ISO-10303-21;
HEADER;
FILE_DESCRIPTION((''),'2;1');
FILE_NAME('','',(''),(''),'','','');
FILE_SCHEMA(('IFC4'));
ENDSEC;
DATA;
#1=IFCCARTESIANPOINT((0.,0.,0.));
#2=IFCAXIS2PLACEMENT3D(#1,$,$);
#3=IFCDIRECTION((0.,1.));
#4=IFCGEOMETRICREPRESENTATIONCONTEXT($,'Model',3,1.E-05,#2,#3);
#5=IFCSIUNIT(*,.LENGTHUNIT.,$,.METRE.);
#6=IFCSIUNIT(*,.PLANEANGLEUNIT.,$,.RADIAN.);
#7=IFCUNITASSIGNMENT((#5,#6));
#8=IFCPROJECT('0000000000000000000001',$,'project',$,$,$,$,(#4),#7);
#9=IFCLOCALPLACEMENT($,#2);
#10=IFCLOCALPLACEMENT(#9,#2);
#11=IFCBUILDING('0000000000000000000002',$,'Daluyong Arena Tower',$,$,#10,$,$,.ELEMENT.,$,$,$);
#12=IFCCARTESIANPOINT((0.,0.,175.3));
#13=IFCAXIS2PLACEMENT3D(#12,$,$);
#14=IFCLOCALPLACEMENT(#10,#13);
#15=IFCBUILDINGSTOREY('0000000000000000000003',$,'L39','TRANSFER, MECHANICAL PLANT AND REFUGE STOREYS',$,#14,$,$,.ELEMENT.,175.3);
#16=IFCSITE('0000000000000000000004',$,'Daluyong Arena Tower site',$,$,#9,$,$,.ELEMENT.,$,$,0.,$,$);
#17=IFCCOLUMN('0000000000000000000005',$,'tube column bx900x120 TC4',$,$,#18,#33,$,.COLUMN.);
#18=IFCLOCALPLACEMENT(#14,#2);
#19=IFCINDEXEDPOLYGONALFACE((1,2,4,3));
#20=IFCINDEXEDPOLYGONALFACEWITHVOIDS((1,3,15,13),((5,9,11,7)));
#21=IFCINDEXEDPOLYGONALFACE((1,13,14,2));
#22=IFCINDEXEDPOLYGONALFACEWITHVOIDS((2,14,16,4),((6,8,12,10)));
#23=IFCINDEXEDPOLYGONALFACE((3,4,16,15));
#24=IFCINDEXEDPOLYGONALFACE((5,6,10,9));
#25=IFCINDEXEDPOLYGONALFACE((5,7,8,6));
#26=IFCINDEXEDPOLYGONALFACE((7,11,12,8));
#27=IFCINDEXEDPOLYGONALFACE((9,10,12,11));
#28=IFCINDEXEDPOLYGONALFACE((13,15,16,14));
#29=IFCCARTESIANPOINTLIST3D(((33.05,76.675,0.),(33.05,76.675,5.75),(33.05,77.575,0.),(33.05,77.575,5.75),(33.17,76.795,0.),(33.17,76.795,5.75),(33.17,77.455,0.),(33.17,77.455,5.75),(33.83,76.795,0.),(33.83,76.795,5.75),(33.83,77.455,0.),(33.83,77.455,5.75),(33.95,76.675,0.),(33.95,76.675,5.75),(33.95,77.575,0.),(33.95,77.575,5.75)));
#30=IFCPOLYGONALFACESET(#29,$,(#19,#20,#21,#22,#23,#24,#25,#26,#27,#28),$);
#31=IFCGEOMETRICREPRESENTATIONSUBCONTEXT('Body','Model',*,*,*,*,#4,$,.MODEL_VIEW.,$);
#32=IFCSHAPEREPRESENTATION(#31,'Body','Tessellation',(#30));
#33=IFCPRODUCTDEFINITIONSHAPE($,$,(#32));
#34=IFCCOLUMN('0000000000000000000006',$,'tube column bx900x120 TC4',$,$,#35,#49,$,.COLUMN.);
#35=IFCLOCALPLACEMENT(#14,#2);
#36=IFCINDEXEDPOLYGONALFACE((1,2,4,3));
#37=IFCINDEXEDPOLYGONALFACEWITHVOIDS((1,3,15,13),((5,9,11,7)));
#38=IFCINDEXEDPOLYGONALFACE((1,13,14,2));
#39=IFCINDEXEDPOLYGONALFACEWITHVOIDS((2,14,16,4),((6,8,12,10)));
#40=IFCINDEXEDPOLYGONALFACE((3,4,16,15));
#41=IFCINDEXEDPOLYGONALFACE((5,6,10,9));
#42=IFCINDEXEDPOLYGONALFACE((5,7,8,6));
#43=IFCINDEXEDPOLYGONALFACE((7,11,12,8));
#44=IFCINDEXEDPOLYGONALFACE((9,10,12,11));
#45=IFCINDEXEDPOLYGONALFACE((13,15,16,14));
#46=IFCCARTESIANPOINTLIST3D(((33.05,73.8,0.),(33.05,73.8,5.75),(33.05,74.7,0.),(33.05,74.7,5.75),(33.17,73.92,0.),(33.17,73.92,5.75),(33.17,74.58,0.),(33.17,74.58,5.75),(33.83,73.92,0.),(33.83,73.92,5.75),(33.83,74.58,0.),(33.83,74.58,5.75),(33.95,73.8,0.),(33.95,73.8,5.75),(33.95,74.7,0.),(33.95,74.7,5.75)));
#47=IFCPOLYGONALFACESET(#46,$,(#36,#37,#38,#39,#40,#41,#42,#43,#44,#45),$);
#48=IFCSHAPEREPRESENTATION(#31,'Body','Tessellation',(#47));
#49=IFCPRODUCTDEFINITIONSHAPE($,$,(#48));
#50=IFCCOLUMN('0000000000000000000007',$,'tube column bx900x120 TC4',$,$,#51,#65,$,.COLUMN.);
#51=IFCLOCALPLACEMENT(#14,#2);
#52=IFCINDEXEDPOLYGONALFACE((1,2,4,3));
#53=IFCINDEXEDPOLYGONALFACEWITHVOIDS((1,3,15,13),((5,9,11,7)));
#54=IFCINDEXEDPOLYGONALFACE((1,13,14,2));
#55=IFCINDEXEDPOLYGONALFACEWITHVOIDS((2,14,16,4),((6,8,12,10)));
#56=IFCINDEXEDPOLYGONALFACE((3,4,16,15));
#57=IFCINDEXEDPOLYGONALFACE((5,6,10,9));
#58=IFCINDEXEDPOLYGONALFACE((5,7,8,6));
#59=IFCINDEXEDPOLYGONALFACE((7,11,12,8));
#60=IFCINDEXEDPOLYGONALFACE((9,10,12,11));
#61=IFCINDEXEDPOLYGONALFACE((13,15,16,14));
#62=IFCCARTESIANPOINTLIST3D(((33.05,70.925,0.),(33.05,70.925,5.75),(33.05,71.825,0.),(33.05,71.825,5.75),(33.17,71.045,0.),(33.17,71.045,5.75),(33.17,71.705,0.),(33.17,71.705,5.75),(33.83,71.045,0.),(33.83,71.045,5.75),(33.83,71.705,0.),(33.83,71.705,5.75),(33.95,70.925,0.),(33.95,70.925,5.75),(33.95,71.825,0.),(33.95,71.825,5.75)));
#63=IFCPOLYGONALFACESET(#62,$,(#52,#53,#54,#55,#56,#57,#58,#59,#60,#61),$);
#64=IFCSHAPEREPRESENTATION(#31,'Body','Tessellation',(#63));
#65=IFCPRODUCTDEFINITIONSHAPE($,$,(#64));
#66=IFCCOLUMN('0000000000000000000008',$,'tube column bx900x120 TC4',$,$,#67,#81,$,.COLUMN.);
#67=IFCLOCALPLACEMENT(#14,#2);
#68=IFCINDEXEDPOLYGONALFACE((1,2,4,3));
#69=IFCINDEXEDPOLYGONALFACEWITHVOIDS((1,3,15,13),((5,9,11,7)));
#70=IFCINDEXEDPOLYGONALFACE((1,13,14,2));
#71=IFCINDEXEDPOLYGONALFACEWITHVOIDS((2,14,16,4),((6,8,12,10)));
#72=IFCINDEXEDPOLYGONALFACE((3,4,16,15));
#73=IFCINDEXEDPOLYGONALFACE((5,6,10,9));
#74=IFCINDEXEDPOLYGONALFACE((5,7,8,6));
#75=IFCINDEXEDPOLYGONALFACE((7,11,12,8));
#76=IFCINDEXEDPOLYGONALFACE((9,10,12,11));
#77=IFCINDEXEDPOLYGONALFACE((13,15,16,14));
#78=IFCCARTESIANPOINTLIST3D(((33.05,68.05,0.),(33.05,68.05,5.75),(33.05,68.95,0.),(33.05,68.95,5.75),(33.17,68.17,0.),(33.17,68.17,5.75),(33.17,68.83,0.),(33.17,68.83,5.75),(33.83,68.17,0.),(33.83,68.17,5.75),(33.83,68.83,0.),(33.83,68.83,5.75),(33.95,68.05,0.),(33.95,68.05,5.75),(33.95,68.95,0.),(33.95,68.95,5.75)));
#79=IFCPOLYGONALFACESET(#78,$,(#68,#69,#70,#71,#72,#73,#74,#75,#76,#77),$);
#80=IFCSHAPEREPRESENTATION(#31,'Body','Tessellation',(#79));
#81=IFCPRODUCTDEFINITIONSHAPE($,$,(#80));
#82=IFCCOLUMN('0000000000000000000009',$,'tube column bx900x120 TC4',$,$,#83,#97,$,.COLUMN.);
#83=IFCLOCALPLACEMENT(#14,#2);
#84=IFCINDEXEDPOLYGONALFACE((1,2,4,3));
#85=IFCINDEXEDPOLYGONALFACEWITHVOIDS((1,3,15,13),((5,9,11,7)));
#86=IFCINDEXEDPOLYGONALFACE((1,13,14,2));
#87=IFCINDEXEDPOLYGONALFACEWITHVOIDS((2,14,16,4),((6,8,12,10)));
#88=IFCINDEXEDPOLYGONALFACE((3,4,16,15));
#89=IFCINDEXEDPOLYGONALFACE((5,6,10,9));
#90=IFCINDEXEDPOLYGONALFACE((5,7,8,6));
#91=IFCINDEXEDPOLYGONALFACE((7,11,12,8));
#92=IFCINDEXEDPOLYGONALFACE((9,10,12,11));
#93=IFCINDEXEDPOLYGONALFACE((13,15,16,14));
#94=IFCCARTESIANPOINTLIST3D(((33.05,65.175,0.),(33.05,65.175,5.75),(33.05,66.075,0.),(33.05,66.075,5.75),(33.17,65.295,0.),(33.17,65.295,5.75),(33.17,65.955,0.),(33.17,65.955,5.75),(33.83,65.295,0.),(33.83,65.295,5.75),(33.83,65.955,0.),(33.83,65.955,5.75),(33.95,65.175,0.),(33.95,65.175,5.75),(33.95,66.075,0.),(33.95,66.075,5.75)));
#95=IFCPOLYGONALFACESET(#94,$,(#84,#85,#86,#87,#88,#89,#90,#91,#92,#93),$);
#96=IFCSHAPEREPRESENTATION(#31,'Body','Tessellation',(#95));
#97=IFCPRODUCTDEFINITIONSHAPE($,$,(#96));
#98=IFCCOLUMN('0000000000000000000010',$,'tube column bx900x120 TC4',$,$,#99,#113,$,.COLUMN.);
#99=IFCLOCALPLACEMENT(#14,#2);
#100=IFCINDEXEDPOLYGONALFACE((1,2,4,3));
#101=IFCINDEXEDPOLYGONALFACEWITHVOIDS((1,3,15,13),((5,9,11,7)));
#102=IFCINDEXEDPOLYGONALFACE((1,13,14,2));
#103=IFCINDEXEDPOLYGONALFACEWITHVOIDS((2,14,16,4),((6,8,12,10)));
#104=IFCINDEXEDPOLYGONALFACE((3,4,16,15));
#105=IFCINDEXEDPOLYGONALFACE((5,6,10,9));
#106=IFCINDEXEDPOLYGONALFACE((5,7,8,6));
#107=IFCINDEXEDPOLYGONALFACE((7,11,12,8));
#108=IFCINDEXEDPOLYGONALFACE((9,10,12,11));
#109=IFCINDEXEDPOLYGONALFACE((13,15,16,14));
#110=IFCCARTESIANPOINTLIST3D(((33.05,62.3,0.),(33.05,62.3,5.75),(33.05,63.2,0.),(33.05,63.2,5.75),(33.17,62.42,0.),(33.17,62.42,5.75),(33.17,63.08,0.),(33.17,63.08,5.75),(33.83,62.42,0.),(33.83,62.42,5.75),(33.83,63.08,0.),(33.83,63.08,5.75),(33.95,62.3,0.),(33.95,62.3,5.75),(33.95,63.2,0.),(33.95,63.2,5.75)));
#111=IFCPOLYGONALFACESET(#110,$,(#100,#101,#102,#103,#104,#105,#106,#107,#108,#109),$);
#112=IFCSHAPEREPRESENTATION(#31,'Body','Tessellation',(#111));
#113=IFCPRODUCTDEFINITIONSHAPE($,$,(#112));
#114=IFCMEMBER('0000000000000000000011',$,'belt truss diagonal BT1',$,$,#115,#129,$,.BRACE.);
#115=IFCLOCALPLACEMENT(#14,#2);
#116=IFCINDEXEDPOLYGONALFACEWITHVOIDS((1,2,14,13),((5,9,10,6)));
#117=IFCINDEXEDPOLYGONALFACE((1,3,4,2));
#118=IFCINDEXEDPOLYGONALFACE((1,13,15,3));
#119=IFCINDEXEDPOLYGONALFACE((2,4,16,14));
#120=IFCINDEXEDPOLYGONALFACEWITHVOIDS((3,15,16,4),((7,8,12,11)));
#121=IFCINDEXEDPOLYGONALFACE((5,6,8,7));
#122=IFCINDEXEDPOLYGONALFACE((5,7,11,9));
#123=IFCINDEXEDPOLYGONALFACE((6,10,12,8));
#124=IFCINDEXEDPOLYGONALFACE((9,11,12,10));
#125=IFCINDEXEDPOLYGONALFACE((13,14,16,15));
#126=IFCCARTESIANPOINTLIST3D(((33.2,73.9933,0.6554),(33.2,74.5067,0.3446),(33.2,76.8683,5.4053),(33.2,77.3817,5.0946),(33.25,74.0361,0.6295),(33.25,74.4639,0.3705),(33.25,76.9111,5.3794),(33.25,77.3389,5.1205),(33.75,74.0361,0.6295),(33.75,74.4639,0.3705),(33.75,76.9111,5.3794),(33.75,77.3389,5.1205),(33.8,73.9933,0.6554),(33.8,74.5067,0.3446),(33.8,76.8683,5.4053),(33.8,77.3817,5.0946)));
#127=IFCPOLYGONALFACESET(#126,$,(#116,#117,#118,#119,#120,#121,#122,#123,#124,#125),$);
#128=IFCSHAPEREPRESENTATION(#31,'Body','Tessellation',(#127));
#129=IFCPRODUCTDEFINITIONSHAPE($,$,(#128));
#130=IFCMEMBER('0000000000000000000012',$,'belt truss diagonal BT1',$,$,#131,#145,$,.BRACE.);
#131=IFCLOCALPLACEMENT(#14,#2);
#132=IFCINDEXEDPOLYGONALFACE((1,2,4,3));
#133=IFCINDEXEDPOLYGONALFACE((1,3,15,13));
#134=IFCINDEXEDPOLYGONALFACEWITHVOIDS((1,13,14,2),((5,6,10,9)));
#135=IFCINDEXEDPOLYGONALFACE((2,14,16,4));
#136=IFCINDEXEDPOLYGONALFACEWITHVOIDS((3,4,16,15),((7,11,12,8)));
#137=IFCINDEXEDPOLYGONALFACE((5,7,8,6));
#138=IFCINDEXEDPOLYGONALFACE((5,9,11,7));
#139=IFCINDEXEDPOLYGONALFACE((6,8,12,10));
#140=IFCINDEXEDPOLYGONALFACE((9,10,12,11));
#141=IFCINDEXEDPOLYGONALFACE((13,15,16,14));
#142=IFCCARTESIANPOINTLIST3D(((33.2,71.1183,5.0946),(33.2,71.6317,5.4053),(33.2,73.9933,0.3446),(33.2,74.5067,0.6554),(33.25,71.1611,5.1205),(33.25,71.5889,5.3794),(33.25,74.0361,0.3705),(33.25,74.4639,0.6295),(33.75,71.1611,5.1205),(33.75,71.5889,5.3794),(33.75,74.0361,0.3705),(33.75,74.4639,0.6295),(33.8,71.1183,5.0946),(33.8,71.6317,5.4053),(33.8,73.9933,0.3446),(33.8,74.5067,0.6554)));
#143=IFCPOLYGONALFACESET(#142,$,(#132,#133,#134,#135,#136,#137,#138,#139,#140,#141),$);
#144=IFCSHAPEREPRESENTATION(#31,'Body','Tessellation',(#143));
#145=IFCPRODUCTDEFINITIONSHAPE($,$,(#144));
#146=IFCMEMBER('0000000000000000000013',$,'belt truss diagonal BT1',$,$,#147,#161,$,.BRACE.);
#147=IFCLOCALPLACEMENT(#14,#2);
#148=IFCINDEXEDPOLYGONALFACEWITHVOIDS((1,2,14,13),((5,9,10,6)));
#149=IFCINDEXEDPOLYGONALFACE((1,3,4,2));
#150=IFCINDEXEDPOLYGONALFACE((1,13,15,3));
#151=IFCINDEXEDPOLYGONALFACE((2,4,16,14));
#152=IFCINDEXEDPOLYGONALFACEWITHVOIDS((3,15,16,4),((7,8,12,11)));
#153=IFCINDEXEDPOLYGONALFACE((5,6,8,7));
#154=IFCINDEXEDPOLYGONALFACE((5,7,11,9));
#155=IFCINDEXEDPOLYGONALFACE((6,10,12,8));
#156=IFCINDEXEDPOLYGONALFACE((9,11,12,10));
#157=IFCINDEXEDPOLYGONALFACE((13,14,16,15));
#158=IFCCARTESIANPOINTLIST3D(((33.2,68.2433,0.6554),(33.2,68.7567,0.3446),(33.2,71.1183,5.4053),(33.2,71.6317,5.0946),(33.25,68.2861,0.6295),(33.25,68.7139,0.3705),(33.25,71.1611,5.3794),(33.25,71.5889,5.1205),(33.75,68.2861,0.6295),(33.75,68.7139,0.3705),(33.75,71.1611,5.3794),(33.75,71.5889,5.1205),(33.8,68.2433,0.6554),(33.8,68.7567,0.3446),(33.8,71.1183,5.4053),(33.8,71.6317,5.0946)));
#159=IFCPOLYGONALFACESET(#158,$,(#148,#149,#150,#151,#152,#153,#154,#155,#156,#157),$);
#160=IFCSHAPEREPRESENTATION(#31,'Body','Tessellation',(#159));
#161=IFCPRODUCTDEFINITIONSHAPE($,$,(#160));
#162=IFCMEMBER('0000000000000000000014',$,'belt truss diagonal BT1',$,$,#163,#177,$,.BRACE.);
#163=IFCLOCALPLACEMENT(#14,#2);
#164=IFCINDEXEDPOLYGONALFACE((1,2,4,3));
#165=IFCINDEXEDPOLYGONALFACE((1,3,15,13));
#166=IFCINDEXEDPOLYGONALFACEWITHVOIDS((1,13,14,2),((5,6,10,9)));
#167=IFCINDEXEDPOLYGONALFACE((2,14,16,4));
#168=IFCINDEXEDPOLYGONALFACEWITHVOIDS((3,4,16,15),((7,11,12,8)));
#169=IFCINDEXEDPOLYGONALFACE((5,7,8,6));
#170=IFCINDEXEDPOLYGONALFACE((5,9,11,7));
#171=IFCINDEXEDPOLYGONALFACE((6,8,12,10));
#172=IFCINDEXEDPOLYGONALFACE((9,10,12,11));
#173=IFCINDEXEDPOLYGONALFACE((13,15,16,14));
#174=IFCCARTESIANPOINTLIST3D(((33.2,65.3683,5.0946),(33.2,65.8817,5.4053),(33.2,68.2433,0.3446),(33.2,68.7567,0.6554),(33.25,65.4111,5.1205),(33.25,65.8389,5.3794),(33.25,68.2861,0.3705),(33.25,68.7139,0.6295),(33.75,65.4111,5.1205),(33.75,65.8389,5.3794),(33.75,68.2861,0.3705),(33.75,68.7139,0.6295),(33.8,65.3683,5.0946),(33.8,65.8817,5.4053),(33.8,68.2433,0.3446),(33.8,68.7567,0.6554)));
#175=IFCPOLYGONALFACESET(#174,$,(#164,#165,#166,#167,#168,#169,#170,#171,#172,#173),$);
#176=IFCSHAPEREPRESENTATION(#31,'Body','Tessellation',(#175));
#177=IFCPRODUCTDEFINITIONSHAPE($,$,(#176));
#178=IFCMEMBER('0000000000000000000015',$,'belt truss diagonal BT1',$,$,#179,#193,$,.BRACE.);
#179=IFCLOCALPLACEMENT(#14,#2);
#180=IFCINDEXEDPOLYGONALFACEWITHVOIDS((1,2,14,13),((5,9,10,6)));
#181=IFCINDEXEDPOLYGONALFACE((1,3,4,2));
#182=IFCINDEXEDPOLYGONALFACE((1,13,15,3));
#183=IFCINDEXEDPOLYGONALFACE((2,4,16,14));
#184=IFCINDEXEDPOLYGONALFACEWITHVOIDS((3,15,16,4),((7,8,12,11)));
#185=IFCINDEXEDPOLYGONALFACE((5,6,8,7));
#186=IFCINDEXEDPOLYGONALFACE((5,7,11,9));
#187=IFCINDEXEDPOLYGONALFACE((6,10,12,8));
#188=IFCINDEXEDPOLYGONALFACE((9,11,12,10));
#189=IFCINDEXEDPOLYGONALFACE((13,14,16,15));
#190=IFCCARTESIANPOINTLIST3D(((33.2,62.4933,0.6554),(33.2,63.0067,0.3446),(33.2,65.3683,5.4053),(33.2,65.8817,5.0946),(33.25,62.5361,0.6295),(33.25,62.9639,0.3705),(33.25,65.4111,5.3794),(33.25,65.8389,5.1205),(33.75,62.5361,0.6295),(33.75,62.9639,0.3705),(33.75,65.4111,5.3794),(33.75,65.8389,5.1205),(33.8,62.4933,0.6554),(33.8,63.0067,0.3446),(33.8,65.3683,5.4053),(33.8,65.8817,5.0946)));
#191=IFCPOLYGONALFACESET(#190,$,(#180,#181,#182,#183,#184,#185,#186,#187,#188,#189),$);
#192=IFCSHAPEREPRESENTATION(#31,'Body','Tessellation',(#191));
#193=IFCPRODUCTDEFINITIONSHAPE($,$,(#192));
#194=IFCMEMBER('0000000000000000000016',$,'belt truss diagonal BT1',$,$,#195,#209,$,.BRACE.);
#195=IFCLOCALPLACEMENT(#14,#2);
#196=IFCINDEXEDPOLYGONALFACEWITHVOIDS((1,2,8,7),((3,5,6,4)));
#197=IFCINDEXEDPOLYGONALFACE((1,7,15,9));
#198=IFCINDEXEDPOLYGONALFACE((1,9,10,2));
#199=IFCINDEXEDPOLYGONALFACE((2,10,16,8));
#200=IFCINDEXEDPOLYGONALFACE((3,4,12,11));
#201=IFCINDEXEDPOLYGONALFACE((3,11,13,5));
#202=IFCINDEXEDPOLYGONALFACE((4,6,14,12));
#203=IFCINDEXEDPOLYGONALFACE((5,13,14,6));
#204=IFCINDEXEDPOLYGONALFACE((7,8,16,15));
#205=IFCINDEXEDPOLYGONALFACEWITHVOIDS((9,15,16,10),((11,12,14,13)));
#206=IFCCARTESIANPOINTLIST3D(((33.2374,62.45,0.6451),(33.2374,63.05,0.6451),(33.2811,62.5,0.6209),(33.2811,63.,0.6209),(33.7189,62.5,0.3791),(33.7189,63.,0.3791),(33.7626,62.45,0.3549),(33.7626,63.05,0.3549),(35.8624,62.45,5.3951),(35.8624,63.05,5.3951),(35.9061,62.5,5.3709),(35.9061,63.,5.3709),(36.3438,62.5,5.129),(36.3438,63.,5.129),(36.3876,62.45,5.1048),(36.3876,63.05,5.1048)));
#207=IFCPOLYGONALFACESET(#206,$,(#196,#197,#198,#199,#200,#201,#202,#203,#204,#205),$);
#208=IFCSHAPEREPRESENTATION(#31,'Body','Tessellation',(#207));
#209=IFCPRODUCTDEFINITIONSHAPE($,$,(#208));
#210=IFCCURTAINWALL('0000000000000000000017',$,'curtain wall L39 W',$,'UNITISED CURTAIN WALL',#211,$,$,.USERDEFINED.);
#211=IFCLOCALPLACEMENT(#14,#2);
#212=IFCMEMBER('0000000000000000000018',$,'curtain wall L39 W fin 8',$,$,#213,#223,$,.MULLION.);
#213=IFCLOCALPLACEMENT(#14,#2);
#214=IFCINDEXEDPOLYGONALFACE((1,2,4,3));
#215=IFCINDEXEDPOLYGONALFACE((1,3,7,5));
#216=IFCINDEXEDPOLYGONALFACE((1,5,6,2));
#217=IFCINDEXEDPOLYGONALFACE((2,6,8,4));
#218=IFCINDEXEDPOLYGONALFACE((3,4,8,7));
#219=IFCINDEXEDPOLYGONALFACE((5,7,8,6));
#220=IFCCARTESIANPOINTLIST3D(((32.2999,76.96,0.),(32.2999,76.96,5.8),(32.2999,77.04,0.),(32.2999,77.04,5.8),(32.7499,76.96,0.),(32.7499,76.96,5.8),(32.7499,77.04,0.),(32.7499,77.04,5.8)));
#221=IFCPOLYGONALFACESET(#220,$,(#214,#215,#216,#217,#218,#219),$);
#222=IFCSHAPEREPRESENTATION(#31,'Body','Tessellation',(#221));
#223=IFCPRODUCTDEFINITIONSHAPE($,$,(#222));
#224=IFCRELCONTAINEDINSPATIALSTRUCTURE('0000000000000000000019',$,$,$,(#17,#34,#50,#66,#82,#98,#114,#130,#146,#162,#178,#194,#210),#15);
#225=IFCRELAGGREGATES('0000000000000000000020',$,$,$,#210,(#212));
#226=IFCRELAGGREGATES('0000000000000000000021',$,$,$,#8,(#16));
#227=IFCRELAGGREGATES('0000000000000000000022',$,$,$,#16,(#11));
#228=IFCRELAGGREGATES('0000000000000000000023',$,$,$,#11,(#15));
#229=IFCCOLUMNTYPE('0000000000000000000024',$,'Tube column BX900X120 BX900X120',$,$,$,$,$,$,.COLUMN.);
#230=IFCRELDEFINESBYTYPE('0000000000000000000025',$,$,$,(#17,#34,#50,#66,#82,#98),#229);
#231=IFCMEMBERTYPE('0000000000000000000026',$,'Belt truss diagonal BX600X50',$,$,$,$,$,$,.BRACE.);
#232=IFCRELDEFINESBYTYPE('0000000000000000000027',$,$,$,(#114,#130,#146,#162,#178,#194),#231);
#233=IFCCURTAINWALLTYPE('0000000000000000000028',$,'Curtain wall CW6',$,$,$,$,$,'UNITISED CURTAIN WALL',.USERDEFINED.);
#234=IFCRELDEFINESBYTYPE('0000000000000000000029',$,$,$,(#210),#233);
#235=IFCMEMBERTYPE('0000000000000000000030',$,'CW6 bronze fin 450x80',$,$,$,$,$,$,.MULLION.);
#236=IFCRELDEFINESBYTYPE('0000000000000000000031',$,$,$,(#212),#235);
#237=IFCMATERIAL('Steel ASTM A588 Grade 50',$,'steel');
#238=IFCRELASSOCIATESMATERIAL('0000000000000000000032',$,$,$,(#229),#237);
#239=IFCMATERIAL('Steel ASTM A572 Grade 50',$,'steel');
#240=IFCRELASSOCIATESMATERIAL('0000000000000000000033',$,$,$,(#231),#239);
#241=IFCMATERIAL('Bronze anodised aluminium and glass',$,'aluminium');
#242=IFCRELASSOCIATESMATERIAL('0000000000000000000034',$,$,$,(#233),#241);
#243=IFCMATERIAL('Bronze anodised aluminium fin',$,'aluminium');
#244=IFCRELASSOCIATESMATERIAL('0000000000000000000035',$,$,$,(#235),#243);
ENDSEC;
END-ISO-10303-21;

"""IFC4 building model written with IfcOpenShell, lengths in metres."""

from ifc_helpers import new_model, si_unit, direction, frame, origin, origin_2d, place, context, subcontext, project, spatial, rectangle, hollow_rectangle, extrude, material, material_profile, profile_set, type_object, element, aggregate, save


model = new_model("IFC4")

# Units and contexts
model_context = context("Model", 3, precision=1e-05, world=origin(), true_north=direction((0.0, 1.0)))
body_context = subcontext(model_context, "Body", "Model", "MODEL_VIEW")
ifc_project = project(units=[si_unit("LENGTHUNIT", "METRE"), si_unit("PLANEANGLEUNIT", "RADIAN")], contexts=[model_context])

# Site, building, storey
site_placement = place(None, origin())
site = spatial("IfcSite", under=ifc_project, at=site_placement, Name="Daluyong Arena Tower site", CompositionType="ELEMENT", RefElevation=0.0)
building_placement = place(site_placement, origin())
building = spatial("IfcBuilding", under=site, at=building_placement, Name="Daluyong Arena Tower", CompositionType="ELEMENT")
storey_placement = place(building_placement, frame((0.0, 0.0, 175.3)))
storey = spatial("IfcBuildingStorey", under=building, at=storey_placement, Name="L39", Description="TRANSFER, MECHANICAL PLANT AND REFUGE STOREYS", CompositionType="ELEMENT", Elevation=175.3)

# Columns
ifc_material_1 = material(Name="Steel ASTM A588 Grade 50", Category="steel")
ifc_material_profile_1 = material_profile(ifc_material_1, hollow_rectangle(XDim=0.8999, YDim=0.8999, WallThickness=0.12, at=origin_2d()))
ifc_profile_set_1 = profile_set([ifc_material_profile_1], Name="Steel ASTM A588 Grade 50")
column_type = type_object("IfcColumnType", Name="Tube column BX900X120 BX900X120", PredefinedType="COLUMN", material=ifc_profile_set_1)
for number, where, z_axis, x_axis, name in (
    (1, (33.5, 77.125, 0.0), (0.0, 0.0, 1.0), (0.0, 1.0, 0.0), "tube column bx900x120 TC4"),
    (2, (33.5, 74.25, 0.0), (0.0, 0.0, 1.0), (0.0, 1.0, 0.0), "tube column bx900x120 TC4"),
    (3, (33.5, 71.375, 0.0), (0.0, 0.0, 1.0), (0.0, 1.0, 0.0), "tube column bx900x120 TC4"),
    (4, (33.5, 68.5, 0.0), (0.0, 0.0, 1.0), (0.0, 1.0, 0.0), "tube column bx900x120 TC4"),
    (5, (33.5, 65.625, 0.0), (0.0, 0.0, 1.0), (0.0, 1.0, 0.0), "tube column bx900x120 TC4"),
    (6, (33.5, 62.75, 0.0), (0.0, 0.0, 1.0), (1.0, 0.0, 0.0), "tube column bx900x120 TC4"),
):
    element("IfcColumn", number, at=place(storey_placement, frame(where, z_axis=z_axis, x_axis=x_axis)), inside=storey, type_object=column_type, Name=name, PredefinedType="COLUMN", context=body_context, shape_type="SweptSolid", body=[
        extrude(hollow_rectangle(XDim=0.8999, YDim=0.8999, WallThickness=0.12, at=origin_2d()), origin(), (0.0, 0.0, 1.0), 5.75),
    ])

# Members
ifc_material_2 = material(Name="Steel ASTM A572 Grade 50", Category="steel")
ifc_material_profile_2 = material_profile(ifc_material_2, hollow_rectangle(XDim=0.6001, YDim=0.6001, WallThickness=0.05, at=origin_2d()))
ifc_profile_set_2 = profile_set([ifc_material_profile_2], Name="Steel ASTM A572 Grade 50")
member_type_1 = type_object("IfcMemberType", Name="Belt truss diagonal BX600X50", PredefinedType="BRACE", material=ifc_profile_set_2)
for number, where, z_axis, x_axis, name in (
    (7, (33.5, 74.25, 0.5), (0.0, 0.517803, 0.8555), (-1.0, 0.0, 0.0), "belt truss diagonal BT1"),
    (8, (33.5, 74.25, 0.5), (0.0, -0.517803, 0.8555), (1.0, 0.0, 0.0), "belt truss diagonal BT1"),
    (9, (33.5, 68.5, 0.5), (0.0, 0.517803, 0.8555), (-1.0, 0.0, 0.0), "belt truss diagonal BT1"),
    (10, (33.5, 68.5, 0.5), (0.0, -0.517803, 0.8555), (1.0, 0.0, 0.0), "belt truss diagonal BT1"),
    (11, (33.5, 62.75, 0.5), (0.0, 0.517803, 0.8555), (-1.0, 0.0, 0.0), "belt truss diagonal BT1"),
):
    element("IfcMember", number, at=place(storey_placement, frame(where, z_axis=z_axis, x_axis=x_axis)), inside=storey, type_object=member_type_1, Name=name, PredefinedType="BRACE", context=body_context, shape_type="SweptSolid", body=[
        extrude(hollow_rectangle(XDim=0.6001, YDim=0.6001, WallThickness=0.05, at=origin_2d()), origin(), (0.0, 0.0, 1.0), 5.5522),
    ])
member_1_placement = place(storey_placement, frame((33.5, 62.75, 0.5), z_axis=(0.483686, 0.0, 0.875242), x_axis=(0.0, 1.0, 0.0)))
element("IfcMember", 12, at=member_1_placement, inside=storey, type_object=member_type_1, Name="belt truss diagonal BT1", PredefinedType="BRACE", context=body_context, shape_type="SweptSolid", body=[
    extrude(hollow_rectangle(XDim=0.6001, YDim=0.6001, WallThickness=0.05, at=origin_2d()), origin(), (0.0, 0.0, 1.0), 5.427),
])

# Curtain wall, member
ifc_material_3 = material(Name="Bronze anodised aluminium and glass", Category="aluminium")
curtain_wall_type = type_object("IfcCurtainWallType", Name="Curtain wall CW6", ElementType="UNITISED CURTAIN WALL", PredefinedType="USERDEFINED", material=ifc_material_3)
curtain_wall_placement = place(storey_placement, origin())
curtain_wall = element("IfcCurtainWall", 13, at=curtain_wall_placement, inside=storey, type_object=curtain_wall_type, Name="curtain wall L39 W", ObjectType="UNITISED CURTAIN WALL", PredefinedType="USERDEFINED")
ifc_material_4 = material(Name="Bronze anodised aluminium fin", Category="aluminium")
ifc_material_profile_3 = material_profile(ifc_material_4, rectangle(XDim=0.45, YDim=0.0801, at=origin_2d()))
ifc_profile_set_3 = profile_set([ifc_material_profile_3], Name="Bronze anodised aluminium fin")
member_type_2 = type_object("IfcMemberType", Name="CW6 bronze fin 450x80", PredefinedType="MULLION", material=ifc_profile_set_3)
member_2_placement = place(storey_placement, frame((32.5249, 77.0, 0.0), z_axis=(0.0, 0.0, 1.0), x_axis=(1.0, 0.0, 0.0)))
member_2 = element("IfcMember", 14, at=member_2_placement, type_object=member_type_2, Name="curtain wall L39 W fin 8", PredefinedType="MULLION", context=body_context, shape_type="SweptSolid", body=[
    extrude(rectangle(XDim=0.45, YDim=0.0801, at=origin_2d()), origin(), (0.0, 0.0, 1.0), 5.8),
])

aggregate(curtain_wall, [member_2])

save(model, "model.ifc")
